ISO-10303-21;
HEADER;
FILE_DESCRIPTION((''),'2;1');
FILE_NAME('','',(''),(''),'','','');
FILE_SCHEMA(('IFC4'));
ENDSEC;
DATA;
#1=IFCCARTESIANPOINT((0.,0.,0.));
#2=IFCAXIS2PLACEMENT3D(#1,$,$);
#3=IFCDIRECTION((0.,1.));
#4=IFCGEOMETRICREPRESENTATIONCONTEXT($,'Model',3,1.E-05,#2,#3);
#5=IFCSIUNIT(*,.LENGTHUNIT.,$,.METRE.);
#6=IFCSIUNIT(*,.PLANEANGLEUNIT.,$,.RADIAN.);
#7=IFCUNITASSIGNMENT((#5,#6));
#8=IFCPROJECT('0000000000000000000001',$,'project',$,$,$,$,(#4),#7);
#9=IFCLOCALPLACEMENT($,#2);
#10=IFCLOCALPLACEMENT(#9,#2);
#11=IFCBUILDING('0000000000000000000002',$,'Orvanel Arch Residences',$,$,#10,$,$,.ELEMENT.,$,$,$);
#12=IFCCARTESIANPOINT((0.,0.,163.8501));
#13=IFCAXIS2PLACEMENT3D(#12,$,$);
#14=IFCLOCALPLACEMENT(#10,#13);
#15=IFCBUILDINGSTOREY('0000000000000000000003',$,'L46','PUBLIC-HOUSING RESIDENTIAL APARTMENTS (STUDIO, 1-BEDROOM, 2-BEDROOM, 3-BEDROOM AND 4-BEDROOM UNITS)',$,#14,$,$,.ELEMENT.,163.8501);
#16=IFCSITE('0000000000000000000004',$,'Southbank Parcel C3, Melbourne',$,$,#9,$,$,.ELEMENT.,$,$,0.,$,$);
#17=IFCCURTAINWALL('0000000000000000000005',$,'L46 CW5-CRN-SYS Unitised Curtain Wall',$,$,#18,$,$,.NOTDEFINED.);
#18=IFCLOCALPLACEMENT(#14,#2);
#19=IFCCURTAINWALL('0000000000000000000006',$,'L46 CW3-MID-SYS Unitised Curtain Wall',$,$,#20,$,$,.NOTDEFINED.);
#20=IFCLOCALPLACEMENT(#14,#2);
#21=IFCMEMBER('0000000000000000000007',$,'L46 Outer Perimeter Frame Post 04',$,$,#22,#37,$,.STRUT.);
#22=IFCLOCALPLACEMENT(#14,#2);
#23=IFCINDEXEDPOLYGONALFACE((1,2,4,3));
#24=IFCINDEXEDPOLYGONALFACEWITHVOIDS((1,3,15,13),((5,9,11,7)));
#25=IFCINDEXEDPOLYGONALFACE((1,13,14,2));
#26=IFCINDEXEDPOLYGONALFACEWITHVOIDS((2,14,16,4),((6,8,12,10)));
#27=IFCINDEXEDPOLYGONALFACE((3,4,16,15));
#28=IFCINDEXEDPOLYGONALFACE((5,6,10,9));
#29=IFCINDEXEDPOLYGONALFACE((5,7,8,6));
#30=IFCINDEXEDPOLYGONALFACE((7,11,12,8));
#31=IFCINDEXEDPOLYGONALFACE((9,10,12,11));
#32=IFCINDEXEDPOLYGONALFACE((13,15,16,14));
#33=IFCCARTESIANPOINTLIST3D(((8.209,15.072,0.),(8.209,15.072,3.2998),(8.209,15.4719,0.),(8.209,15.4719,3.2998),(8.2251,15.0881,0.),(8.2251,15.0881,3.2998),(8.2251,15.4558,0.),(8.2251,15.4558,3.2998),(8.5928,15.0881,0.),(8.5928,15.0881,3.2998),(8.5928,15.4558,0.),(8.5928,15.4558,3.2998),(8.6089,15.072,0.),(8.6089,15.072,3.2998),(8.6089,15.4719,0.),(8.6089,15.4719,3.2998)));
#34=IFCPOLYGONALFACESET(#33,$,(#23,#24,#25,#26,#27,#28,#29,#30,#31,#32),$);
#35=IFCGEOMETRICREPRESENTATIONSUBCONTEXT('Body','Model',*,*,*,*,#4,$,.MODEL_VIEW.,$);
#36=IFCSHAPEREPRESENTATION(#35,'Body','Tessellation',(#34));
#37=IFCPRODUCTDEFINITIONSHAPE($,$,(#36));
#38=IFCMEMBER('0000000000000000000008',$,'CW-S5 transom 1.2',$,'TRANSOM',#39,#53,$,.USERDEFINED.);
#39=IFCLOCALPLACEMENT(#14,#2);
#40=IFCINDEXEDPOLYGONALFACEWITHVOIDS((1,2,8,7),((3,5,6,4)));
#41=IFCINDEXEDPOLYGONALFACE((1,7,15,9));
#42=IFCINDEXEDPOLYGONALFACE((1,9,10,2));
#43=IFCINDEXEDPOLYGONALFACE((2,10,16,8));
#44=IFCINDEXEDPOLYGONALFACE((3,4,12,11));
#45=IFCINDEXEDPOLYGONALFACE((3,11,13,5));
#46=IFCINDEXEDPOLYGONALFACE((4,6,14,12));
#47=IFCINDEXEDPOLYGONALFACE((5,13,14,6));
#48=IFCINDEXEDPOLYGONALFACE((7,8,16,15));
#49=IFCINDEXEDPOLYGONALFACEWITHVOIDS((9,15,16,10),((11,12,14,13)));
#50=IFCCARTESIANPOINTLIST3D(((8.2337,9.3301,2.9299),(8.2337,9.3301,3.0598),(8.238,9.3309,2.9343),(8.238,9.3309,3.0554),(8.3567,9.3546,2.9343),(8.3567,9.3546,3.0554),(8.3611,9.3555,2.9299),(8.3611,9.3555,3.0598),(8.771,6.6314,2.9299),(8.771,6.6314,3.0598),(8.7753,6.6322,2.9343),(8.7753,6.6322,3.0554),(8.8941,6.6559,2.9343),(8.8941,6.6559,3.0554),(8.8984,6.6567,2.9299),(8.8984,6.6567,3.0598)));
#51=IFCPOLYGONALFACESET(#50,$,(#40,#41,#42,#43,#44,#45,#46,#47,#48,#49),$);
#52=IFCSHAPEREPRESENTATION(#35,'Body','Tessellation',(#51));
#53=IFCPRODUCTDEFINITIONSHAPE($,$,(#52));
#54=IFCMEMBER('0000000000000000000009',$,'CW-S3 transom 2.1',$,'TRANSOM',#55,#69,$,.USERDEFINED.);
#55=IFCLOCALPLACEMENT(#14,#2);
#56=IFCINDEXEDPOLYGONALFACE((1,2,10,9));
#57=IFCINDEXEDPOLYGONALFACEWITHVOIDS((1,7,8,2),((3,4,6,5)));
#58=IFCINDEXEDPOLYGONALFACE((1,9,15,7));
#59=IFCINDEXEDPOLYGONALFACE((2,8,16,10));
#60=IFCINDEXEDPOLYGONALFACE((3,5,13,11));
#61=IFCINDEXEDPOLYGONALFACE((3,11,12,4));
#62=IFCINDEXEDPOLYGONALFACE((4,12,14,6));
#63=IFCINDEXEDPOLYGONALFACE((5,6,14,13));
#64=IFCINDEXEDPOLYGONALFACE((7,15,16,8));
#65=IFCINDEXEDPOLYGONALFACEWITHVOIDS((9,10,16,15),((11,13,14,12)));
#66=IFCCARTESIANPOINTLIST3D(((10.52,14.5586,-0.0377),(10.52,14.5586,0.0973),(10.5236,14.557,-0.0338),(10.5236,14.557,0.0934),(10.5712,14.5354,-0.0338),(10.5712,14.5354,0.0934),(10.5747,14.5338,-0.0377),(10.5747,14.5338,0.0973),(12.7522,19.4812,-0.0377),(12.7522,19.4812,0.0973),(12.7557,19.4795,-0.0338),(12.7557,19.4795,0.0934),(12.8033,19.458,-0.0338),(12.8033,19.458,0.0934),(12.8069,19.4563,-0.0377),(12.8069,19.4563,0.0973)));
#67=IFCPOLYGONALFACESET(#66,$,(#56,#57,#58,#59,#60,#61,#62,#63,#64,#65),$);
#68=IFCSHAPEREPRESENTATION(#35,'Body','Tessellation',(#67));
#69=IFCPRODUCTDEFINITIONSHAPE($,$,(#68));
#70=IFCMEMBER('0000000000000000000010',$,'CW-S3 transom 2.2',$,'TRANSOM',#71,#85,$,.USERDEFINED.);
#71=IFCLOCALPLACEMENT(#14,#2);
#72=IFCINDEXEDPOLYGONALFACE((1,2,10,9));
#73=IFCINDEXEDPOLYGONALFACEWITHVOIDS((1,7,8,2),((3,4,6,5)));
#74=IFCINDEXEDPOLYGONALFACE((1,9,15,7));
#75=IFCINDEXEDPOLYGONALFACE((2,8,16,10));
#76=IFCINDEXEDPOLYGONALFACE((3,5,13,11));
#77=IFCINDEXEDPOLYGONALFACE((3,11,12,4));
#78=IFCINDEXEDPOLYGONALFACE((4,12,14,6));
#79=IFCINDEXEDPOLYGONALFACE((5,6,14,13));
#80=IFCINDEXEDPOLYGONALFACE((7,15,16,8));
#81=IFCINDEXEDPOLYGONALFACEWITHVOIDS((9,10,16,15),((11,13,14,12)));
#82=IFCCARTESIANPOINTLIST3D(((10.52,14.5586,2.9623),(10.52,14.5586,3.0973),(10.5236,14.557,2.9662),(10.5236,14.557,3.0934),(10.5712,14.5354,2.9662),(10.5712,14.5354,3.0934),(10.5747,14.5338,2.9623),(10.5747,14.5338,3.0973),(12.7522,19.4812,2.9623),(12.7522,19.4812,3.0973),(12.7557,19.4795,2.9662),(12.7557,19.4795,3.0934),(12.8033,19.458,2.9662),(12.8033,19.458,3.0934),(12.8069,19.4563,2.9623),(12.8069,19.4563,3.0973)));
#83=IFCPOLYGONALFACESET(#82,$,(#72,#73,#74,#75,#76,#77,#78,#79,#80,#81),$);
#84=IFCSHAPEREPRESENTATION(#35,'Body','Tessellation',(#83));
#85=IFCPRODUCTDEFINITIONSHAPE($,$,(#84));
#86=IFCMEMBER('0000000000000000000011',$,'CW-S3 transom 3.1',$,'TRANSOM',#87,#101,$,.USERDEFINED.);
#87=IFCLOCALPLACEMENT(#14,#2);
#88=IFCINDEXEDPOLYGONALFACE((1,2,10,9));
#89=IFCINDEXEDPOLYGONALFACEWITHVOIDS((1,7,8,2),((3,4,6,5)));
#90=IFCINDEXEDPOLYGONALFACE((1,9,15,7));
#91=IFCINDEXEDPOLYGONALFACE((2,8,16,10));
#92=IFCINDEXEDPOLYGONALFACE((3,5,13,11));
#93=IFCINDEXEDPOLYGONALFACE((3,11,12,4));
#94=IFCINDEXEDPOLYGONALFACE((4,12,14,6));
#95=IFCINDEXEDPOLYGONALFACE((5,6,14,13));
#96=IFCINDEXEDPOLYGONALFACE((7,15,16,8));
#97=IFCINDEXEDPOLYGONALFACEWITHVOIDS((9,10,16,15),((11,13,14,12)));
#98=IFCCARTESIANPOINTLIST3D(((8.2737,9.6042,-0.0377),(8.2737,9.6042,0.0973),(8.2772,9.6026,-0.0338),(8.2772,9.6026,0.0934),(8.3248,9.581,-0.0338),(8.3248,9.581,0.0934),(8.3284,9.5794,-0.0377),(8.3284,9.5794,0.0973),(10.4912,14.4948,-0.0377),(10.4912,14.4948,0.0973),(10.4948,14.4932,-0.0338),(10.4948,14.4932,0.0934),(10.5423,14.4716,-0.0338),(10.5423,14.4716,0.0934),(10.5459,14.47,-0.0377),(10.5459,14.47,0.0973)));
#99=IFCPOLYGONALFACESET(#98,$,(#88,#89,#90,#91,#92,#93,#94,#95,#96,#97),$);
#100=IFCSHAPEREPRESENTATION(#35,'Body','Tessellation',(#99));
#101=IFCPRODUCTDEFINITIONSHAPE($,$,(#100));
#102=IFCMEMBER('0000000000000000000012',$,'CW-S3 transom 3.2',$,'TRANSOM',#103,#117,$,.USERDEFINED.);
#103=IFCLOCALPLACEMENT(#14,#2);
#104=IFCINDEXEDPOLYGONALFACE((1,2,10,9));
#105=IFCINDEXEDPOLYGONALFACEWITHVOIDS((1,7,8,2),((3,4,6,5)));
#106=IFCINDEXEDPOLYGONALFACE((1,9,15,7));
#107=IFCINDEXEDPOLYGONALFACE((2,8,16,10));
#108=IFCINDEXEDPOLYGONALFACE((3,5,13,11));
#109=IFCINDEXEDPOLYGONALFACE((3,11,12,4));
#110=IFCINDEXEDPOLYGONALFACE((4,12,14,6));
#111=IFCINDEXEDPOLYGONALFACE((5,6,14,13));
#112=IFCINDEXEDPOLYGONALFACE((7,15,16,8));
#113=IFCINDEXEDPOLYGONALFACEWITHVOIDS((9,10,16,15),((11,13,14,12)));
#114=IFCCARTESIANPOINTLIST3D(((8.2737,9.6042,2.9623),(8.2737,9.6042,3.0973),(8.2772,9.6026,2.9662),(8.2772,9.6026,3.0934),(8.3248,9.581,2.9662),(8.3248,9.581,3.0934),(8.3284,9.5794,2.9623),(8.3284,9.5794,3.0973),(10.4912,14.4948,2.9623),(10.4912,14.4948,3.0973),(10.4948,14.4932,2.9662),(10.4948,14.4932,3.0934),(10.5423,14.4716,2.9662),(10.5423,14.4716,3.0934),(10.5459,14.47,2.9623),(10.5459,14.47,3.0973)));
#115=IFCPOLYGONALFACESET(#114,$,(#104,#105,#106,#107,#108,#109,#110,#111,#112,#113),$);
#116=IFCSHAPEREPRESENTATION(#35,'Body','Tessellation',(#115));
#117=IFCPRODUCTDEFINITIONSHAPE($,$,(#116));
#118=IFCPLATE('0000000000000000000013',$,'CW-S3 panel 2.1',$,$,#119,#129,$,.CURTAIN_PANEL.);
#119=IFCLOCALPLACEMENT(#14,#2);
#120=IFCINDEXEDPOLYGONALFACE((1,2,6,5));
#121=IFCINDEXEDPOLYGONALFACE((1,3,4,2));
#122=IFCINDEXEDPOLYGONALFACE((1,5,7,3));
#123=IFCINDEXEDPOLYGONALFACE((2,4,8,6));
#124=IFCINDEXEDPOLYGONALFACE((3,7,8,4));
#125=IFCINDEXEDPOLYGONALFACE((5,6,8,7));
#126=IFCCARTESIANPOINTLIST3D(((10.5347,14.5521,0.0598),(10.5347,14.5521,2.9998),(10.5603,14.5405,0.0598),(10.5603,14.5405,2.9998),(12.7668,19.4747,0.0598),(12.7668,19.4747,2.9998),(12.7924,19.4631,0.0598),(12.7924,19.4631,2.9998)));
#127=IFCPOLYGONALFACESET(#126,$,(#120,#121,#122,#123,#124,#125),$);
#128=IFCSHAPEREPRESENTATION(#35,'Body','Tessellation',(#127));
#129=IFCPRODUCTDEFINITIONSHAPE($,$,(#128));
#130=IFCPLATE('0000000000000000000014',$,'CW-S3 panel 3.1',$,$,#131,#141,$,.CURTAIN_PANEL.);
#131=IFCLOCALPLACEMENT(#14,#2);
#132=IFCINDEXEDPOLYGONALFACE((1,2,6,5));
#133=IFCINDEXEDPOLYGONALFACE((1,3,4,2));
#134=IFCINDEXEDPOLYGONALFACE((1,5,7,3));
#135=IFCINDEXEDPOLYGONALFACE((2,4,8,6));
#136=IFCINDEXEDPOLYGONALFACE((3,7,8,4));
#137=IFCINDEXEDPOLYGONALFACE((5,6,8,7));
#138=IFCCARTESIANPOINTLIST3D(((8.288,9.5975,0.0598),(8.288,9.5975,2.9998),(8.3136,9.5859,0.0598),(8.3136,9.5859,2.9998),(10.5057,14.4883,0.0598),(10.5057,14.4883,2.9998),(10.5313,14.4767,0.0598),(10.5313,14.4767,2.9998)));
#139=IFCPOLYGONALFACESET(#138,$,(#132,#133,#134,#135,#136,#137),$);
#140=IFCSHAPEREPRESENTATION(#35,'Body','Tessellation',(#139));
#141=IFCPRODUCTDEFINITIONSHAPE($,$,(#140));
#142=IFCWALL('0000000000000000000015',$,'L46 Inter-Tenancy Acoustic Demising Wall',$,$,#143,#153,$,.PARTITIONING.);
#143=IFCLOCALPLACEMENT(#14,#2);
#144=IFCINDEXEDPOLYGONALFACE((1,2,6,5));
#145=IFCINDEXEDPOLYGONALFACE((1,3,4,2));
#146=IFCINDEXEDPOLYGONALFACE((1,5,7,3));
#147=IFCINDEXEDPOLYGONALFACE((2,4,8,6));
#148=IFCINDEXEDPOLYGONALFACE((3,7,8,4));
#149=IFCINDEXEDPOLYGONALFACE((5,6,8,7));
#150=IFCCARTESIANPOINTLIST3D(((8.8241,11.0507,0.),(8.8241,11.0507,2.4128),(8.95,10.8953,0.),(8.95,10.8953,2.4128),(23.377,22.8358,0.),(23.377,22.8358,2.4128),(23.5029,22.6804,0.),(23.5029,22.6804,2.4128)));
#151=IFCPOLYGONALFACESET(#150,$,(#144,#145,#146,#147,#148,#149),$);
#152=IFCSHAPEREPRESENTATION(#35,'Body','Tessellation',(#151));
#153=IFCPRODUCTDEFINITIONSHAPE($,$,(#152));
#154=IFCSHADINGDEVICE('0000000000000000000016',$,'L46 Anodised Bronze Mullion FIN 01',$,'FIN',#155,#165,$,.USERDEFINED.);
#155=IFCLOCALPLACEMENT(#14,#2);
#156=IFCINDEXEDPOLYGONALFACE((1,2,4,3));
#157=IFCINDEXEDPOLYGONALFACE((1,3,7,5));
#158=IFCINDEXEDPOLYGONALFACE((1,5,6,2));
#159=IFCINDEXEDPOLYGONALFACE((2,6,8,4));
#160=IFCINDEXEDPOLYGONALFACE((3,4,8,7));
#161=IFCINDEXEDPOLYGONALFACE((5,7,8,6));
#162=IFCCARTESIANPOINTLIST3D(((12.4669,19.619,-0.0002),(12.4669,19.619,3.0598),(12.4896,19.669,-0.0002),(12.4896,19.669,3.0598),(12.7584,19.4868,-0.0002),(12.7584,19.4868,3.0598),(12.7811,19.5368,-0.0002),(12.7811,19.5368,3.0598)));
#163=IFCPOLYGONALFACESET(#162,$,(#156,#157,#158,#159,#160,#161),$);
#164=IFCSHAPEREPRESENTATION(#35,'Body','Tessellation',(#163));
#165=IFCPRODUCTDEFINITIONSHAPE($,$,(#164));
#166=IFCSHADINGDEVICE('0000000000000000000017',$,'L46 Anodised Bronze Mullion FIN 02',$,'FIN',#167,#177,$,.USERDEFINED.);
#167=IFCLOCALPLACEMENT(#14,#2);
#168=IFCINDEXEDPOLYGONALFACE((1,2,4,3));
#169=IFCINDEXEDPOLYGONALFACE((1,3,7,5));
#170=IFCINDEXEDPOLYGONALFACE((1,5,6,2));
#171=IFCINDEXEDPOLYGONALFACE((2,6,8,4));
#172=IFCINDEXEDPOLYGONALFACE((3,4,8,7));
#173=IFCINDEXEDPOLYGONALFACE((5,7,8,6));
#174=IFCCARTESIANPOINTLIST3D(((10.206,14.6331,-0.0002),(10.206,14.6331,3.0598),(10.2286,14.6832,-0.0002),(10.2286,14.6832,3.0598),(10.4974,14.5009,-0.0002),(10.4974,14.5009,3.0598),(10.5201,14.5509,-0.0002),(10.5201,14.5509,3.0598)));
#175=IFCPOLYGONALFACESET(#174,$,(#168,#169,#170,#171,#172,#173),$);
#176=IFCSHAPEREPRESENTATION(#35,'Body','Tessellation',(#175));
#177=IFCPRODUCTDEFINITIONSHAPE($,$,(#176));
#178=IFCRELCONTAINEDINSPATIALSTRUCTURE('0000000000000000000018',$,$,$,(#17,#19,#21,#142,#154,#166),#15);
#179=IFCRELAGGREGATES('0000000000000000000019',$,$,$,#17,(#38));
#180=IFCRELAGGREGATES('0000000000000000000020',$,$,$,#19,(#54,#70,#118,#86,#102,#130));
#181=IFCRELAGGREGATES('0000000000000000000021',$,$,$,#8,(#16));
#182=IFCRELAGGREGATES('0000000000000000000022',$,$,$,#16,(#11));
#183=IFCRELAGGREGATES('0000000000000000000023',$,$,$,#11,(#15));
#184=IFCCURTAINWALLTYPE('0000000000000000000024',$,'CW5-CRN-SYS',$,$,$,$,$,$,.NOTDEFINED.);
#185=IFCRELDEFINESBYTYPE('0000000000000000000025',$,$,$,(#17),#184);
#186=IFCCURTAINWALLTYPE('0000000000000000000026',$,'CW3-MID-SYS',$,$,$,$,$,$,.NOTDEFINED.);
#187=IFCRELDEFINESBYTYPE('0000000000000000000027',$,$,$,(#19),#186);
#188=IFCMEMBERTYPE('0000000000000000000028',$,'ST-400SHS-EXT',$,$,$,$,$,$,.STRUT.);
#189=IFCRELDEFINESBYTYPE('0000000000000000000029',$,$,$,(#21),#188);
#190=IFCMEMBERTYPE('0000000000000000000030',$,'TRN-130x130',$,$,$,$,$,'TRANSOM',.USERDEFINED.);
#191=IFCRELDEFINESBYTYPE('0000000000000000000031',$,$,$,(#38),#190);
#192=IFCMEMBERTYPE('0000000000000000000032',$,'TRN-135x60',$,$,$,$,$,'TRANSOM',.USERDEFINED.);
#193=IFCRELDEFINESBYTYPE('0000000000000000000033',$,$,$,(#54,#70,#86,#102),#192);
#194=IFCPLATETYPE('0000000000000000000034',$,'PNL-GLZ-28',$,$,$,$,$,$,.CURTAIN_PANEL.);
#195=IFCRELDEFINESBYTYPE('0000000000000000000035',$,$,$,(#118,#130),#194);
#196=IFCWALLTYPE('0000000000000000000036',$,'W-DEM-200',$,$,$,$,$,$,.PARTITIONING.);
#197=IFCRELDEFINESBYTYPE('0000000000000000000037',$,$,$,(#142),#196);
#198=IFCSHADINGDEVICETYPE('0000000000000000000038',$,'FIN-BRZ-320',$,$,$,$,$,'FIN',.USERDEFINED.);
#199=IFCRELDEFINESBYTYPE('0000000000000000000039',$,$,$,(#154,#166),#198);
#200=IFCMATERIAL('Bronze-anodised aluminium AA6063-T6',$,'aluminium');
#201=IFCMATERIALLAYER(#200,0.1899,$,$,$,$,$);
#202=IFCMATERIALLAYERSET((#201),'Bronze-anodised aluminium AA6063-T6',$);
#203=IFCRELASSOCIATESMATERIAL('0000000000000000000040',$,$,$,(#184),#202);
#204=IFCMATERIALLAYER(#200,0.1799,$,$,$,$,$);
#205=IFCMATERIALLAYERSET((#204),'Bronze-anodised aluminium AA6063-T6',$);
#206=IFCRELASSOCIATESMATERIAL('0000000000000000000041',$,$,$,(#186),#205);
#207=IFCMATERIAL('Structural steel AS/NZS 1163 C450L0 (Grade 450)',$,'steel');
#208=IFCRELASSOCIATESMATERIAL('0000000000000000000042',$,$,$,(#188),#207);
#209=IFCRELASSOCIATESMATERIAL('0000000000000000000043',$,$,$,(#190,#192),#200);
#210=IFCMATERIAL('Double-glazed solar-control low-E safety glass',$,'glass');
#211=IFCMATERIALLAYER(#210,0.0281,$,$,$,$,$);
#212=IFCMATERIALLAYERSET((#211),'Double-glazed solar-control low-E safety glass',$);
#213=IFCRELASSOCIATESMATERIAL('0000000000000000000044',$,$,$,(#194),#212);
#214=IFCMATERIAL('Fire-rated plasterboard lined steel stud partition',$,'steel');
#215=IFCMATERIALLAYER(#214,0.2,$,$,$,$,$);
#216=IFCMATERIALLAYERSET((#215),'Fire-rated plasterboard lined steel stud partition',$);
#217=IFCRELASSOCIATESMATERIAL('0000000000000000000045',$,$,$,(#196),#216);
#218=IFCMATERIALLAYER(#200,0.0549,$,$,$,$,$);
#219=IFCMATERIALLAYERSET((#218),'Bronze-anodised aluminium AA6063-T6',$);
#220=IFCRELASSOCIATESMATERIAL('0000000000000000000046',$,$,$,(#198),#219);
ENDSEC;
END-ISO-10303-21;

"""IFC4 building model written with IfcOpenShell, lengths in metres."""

from ifc_helpers import new_model, si_unit, direction, frame, frame_2d, origin, origin_2d, place, context, subcontext, project, spatial, rectangle, hollow_rectangle, extrude, material, layer, layer_set, material_profile, profile_set, type_object, element, aggregate, save


model = new_model("IFC4")

# Units and contexts
model_context = context("Model", 3, precision=1e-05, world=origin(), true_north=direction((0.0, 1.0)))
body_context = subcontext(model_context, "Body", "Model", "MODEL_VIEW")
ifc_project = project(units=[si_unit("LENGTHUNIT", "METRE"), si_unit("PLANEANGLEUNIT", "RADIAN")], contexts=[model_context])

# Site, building, storey
site_placement = place(None, origin())
site = spatial("IfcSite", under=ifc_project, at=site_placement, Name="Southbank Parcel C3, Melbourne", CompositionType="ELEMENT", RefElevation=0.0)
building_placement = place(site_placement, origin())
building = spatial("IfcBuilding", under=site, at=building_placement, Name="Orvanel Arch Residences", CompositionType="ELEMENT")
storey_placement = place(building_placement, frame((0.0, 0.0, 163.8501)))
storey = spatial("IfcBuildingStorey", under=building, at=storey_placement, Name="L46", Description="PUBLIC-HOUSING RESIDENTIAL APARTMENTS (STUDIO, 1-BEDROOM, 2-BEDROOM, 3-BEDROOM AND 4-BEDROOM UNITS)", CompositionType="ELEMENT", Elevation=163.8501)

# Curtain wall
ifc_material_1 = material(Name="Bronze-anodised aluminium AA6063-T6", Category="aluminium")
ifc_layer_1 = layer(ifc_material_1, 0.1899)
ifc_layer_set_1 = layer_set([ifc_layer_1], Name="Bronze-anodised aluminium AA6063-T6")
curtain_wall_type_1 = type_object("IfcCurtainWallType", Name="CW5-CRN-SYS", PredefinedType="NOTDEFINED", material=ifc_layer_set_1)
curtain_wall_1_placement = place(storey_placement, origin())
curtain_wall_1 = element("IfcCurtainWall", 1, at=curtain_wall_1_placement, inside=storey, type_object=curtain_wall_type_1, Name="L46 CW5-CRN-SYS Unitised Curtain Wall", PredefinedType="NOTDEFINED")

# Curtain wall
ifc_layer_2 = layer(ifc_material_1, 0.1799)
ifc_layer_set_2 = layer_set([ifc_layer_2], Name="Bronze-anodised aluminium AA6063-T6")
curtain_wall_type_2 = type_object("IfcCurtainWallType", Name="CW3-MID-SYS", PredefinedType="NOTDEFINED", material=ifc_layer_set_2)
curtain_wall_2_placement = place(storey_placement, origin())
curtain_wall_2 = element("IfcCurtainWall", 2, at=curtain_wall_2_placement, inside=storey, type_object=curtain_wall_type_2, Name="L46 CW3-MID-SYS Unitised Curtain Wall", PredefinedType="NOTDEFINED")

# Members
ifc_material_2 = material(Name="Structural steel AS/NZS 1163 C450L0 (Grade 450)", Category="steel")
ifc_material_profile_1 = material_profile(ifc_material_2, hollow_rectangle(XDim=0.3999, YDim=0.3999, WallThickness=0.0161, at=origin_2d()), Name="SHS400x400x16")
ifc_profile_set_1 = profile_set([ifc_material_profile_1], Name="Structural steel AS/NZS 1163 C450L0 (Grade 450)")
member_type_1 = type_object("IfcMemberType", Name="ST-400SHS-EXT", PredefinedType="STRUT", material=ifc_profile_set_1)
member_1_placement = place(storey_placement, frame((8.4089, 15.272, 0.0), z_axis=(0.0, 0.0, 1.0), x_axis=(1.0, 0.0, 0.0)))
element("IfcMember", 3, at=member_1_placement, inside=storey, type_object=member_type_1, Name="L46 Outer Perimeter Frame Post 04", PredefinedType="STRUT", context=body_context, shape_type="SweptSolid", body=[
    extrude(hollow_rectangle(XDim=0.3999, YDim=0.3999, WallThickness=0.0161, at=origin_2d()), origin(), (0.0, 0.0, 1.0), 3.2998),
])
ifc_material_profile_2 = material_profile(ifc_material_1, hollow_rectangle(XDim=0.1299, YDim=0.1299, WallThickness=0.0044, at=origin_2d()), Name="ALU130x130x4.5")
ifc_profile_set_2 = profile_set([ifc_material_profile_2], Name="Bronze-anodised aluminium AA6063-T6")
member_type_2 = type_object("IfcMemberType", Name="TRN-130x130", ElementType="TRANSOM", PredefinedType="USERDEFINED", material=ifc_profile_set_2)
member_2_placement = place(storey_placement, frame((8.2974, 9.3428, 2.9949), z_axis=(0.19528, -0.980748, 0.0), x_axis=(0.980748, 0.19528, 0.0)))
member_2 = element("IfcMember", 4, at=member_2_placement, type_object=member_type_2, Name="CW-S5 transom 1.2", ObjectType="TRANSOM", PredefinedType="USERDEFINED", context=body_context, shape_type="SweptSolid", body=[
    extrude(hollow_rectangle(XDim=0.1299, YDim=0.1299, WallThickness=0.0044, at=origin_2d()), origin(), (0.0, 0.0, 1.0), 2.7517),
])
aggregate(curtain_wall_1, [member_2])
ifc_material_profile_3 = material_profile(ifc_material_1, hollow_rectangle(XDim=0.0601, YDim=0.135, WallThickness=0.0039, at=origin_2d()), Name="ALU135x60x4")
ifc_profile_set_3 = profile_set([ifc_material_profile_3], Name="Bronze-anodised aluminium AA6063-T6")
member_type_3 = type_object("IfcMemberType", Name="TRN-135x60", ElementType="TRANSOM", PredefinedType="USERDEFINED", material=ifc_profile_set_3)
member_3_placement = place(storey_placement, frame((12.7795, 19.4688, 0.0298), z_axis=(-0.412979, -0.91074, 0.0), x_axis=(0.91074, -0.412979, 0.0)))
member_3 = element("IfcMember", 5, at=member_3_placement, type_object=member_type_3, Name="CW-S3 transom 2.1", ObjectType="TRANSOM", PredefinedType="USERDEFINED", context=body_context, shape_type="SweptSolid", body=[
    extrude(hollow_rectangle(XDim=0.0601, YDim=0.135, WallThickness=0.0039, at=origin_2d()), origin(), (0.0, 0.0, 1.0), 5.405),
])
member_4_placement = place(storey_placement, frame((12.7795, 19.4688, 3.0298), z_axis=(-0.412979, -0.91074, 0.0), x_axis=(0.91074, -0.412979, 0.0)))
member_4 = element("IfcMember", 6, at=member_4_placement, type_object=member_type_3, Name="CW-S3 transom 2.2", ObjectType="TRANSOM", PredefinedType="USERDEFINED", context=body_context, shape_type="SweptSolid", body=[
    extrude(hollow_rectangle(XDim=0.0601, YDim=0.135, WallThickness=0.0039, at=origin_2d()), origin(), (0.0, 0.0, 1.0), 5.405),
])
member_5_placement = place(storey_placement, frame((10.5186, 14.4824, 0.0298), z_axis=(-0.412957, -0.910751, 0.0), x_axis=(0.910751, -0.412957, 0.0)))
member_5 = element("IfcMember", 7, at=member_5_placement, type_object=member_type_3, Name="CW-S3 transom 3.1", ObjectType="TRANSOM", PredefinedType="USERDEFINED", context=body_context, shape_type="SweptSolid", body=[
    extrude(hollow_rectangle(XDim=0.0601, YDim=0.135, WallThickness=0.0039, at=origin_2d()), origin(), (0.0, 0.0, 1.0), 5.3699),
])
member_6_placement = place(storey_placement, frame((10.5186, 14.4824, 3.0298), z_axis=(-0.412957, -0.910751, 0.0), x_axis=(0.910751, -0.412957, 0.0)))
member_6 = element("IfcMember", 8, at=member_6_placement, type_object=member_type_3, Name="CW-S3 transom 3.2", ObjectType="TRANSOM", PredefinedType="USERDEFINED", context=body_context, shape_type="SweptSolid", body=[
    extrude(hollow_rectangle(XDim=0.0601, YDim=0.135, WallThickness=0.0039, at=origin_2d()), origin(), (0.0, 0.0, 1.0), 5.3699),
])

# Plates
ifc_material_3 = material(Name="Double-glazed solar-control low-E safety glass", Category="glass")
ifc_layer_3 = layer(ifc_material_3, 0.0281)
ifc_layer_set_3 = layer_set([ifc_layer_3], Name="Double-glazed solar-control low-E safety glass")
plate_type = type_object("IfcPlateType", Name="PNL-GLZ-28", PredefinedType="CURTAIN_PANEL", material=ifc_layer_set_3)
plate_1_placement = place(storey_placement, frame((11.6636, 17.0076, 0.0598), z_axis=(0.0, 0.0, 1.0), x_axis=(-0.412968, -0.910746, 0.0)))
plate_1 = element("IfcPlate", 9, at=plate_1_placement, type_object=plate_type, Name="CW-S3 panel 2.1", PredefinedType="CURTAIN_PANEL", context=body_context, shape_type="SweptSolid", body=[
    extrude(rectangle(XDim=5.405, YDim=0.0281, at=origin_2d()), origin(), (0.0, 0.0, 1.0), 2.9399),
])
plate_2_placement = place(storey_placement, frame((9.4097, 12.0371, 0.0598), z_axis=(0.0, 0.0, 1.0), x_axis=(-0.412968, -0.910746, 0.0)))
plate_2 = element("IfcPlate", 10, at=plate_2_placement, type_object=plate_type, Name="CW-S3 panel 3.1", PredefinedType="CURTAIN_PANEL", context=body_context, shape_type="SweptSolid", body=[
    extrude(rectangle(XDim=5.3701, YDim=0.0281, at=origin_2d()), origin(), (0.0, 0.0, 1.0), 2.9399),
])
aggregate(curtain_wall_2, [member_3, member_4, plate_1, member_5, member_6, plate_2])

# Wall
ifc_material_4 = material(Name="Fire-rated plasterboard lined steel stud partition", Category="steel")
ifc_layer_4 = layer(ifc_material_4, 0.2)
ifc_layer_set_4 = layer_set([ifc_layer_4], Name="Fire-rated plasterboard lined steel stud partition")
wall_type = type_object("IfcWallType", Name="W-DEM-200", PredefinedType="PARTITIONING", material=ifc_layer_set_4)
wall_placement = place(storey_placement, frame((8.887, 10.9729, 0.0), z_axis=(0.0, 0.0, 1.0), x_axis=(0.777136, 0.629333, 0.0)))
element("IfcWall", 11, at=wall_placement, inside=storey, type_object=wall_type, Name="L46 Inter-Tenancy Acoustic Demising Wall", PredefinedType="PARTITIONING", context=body_context, shape_type="SweptSolid", body=[
    extrude(rectangle(XDim=18.7263, YDim=0.2, at=frame_2d((9.3633, 0.0))), origin(), (0.0, 0.0, 1.0), 2.4128),
])

# Shading devices
ifc_layer_5 = layer(ifc_material_1, 0.0549)
ifc_layer_set_5 = layer_set([ifc_layer_5], Name="Bronze-anodised aluminium AA6063-T6")
shading_device_type = type_object("IfcShadingDeviceType", Name="FIN-BRZ-320", ElementType="FIN", PredefinedType="USERDEFINED", material=ifc_layer_set_5)
for number, where, z_axis, x_axis, name in (
    (12, (12.624, 19.5779, -0.0002), (0.0, 0.0, 1.0), (-0.910684, 0.413104, 0.0), "L46 Anodised Bronze Mullion FIN 01"),
    (13, (10.363, 14.592, -0.0002), (0.0, 0.0, 1.0), (-0.910684, 0.413104, 0.0), "L46 Anodised Bronze Mullion FIN 02"),
):
    element("IfcShadingDevice", number, at=place(storey_placement, frame(where, z_axis=z_axis, x_axis=x_axis)), inside=storey, type_object=shading_device_type, Name=name, ObjectType="FIN", PredefinedType="USERDEFINED", context=body_context, shape_type="SweptSolid", body=[
        extrude(rectangle(XDim=0.3201, YDim=0.0549, at=origin_2d()), origin(), (0.0, 0.0, 1.0), 3.0601),
    ])

save(model, "model.ifc")
